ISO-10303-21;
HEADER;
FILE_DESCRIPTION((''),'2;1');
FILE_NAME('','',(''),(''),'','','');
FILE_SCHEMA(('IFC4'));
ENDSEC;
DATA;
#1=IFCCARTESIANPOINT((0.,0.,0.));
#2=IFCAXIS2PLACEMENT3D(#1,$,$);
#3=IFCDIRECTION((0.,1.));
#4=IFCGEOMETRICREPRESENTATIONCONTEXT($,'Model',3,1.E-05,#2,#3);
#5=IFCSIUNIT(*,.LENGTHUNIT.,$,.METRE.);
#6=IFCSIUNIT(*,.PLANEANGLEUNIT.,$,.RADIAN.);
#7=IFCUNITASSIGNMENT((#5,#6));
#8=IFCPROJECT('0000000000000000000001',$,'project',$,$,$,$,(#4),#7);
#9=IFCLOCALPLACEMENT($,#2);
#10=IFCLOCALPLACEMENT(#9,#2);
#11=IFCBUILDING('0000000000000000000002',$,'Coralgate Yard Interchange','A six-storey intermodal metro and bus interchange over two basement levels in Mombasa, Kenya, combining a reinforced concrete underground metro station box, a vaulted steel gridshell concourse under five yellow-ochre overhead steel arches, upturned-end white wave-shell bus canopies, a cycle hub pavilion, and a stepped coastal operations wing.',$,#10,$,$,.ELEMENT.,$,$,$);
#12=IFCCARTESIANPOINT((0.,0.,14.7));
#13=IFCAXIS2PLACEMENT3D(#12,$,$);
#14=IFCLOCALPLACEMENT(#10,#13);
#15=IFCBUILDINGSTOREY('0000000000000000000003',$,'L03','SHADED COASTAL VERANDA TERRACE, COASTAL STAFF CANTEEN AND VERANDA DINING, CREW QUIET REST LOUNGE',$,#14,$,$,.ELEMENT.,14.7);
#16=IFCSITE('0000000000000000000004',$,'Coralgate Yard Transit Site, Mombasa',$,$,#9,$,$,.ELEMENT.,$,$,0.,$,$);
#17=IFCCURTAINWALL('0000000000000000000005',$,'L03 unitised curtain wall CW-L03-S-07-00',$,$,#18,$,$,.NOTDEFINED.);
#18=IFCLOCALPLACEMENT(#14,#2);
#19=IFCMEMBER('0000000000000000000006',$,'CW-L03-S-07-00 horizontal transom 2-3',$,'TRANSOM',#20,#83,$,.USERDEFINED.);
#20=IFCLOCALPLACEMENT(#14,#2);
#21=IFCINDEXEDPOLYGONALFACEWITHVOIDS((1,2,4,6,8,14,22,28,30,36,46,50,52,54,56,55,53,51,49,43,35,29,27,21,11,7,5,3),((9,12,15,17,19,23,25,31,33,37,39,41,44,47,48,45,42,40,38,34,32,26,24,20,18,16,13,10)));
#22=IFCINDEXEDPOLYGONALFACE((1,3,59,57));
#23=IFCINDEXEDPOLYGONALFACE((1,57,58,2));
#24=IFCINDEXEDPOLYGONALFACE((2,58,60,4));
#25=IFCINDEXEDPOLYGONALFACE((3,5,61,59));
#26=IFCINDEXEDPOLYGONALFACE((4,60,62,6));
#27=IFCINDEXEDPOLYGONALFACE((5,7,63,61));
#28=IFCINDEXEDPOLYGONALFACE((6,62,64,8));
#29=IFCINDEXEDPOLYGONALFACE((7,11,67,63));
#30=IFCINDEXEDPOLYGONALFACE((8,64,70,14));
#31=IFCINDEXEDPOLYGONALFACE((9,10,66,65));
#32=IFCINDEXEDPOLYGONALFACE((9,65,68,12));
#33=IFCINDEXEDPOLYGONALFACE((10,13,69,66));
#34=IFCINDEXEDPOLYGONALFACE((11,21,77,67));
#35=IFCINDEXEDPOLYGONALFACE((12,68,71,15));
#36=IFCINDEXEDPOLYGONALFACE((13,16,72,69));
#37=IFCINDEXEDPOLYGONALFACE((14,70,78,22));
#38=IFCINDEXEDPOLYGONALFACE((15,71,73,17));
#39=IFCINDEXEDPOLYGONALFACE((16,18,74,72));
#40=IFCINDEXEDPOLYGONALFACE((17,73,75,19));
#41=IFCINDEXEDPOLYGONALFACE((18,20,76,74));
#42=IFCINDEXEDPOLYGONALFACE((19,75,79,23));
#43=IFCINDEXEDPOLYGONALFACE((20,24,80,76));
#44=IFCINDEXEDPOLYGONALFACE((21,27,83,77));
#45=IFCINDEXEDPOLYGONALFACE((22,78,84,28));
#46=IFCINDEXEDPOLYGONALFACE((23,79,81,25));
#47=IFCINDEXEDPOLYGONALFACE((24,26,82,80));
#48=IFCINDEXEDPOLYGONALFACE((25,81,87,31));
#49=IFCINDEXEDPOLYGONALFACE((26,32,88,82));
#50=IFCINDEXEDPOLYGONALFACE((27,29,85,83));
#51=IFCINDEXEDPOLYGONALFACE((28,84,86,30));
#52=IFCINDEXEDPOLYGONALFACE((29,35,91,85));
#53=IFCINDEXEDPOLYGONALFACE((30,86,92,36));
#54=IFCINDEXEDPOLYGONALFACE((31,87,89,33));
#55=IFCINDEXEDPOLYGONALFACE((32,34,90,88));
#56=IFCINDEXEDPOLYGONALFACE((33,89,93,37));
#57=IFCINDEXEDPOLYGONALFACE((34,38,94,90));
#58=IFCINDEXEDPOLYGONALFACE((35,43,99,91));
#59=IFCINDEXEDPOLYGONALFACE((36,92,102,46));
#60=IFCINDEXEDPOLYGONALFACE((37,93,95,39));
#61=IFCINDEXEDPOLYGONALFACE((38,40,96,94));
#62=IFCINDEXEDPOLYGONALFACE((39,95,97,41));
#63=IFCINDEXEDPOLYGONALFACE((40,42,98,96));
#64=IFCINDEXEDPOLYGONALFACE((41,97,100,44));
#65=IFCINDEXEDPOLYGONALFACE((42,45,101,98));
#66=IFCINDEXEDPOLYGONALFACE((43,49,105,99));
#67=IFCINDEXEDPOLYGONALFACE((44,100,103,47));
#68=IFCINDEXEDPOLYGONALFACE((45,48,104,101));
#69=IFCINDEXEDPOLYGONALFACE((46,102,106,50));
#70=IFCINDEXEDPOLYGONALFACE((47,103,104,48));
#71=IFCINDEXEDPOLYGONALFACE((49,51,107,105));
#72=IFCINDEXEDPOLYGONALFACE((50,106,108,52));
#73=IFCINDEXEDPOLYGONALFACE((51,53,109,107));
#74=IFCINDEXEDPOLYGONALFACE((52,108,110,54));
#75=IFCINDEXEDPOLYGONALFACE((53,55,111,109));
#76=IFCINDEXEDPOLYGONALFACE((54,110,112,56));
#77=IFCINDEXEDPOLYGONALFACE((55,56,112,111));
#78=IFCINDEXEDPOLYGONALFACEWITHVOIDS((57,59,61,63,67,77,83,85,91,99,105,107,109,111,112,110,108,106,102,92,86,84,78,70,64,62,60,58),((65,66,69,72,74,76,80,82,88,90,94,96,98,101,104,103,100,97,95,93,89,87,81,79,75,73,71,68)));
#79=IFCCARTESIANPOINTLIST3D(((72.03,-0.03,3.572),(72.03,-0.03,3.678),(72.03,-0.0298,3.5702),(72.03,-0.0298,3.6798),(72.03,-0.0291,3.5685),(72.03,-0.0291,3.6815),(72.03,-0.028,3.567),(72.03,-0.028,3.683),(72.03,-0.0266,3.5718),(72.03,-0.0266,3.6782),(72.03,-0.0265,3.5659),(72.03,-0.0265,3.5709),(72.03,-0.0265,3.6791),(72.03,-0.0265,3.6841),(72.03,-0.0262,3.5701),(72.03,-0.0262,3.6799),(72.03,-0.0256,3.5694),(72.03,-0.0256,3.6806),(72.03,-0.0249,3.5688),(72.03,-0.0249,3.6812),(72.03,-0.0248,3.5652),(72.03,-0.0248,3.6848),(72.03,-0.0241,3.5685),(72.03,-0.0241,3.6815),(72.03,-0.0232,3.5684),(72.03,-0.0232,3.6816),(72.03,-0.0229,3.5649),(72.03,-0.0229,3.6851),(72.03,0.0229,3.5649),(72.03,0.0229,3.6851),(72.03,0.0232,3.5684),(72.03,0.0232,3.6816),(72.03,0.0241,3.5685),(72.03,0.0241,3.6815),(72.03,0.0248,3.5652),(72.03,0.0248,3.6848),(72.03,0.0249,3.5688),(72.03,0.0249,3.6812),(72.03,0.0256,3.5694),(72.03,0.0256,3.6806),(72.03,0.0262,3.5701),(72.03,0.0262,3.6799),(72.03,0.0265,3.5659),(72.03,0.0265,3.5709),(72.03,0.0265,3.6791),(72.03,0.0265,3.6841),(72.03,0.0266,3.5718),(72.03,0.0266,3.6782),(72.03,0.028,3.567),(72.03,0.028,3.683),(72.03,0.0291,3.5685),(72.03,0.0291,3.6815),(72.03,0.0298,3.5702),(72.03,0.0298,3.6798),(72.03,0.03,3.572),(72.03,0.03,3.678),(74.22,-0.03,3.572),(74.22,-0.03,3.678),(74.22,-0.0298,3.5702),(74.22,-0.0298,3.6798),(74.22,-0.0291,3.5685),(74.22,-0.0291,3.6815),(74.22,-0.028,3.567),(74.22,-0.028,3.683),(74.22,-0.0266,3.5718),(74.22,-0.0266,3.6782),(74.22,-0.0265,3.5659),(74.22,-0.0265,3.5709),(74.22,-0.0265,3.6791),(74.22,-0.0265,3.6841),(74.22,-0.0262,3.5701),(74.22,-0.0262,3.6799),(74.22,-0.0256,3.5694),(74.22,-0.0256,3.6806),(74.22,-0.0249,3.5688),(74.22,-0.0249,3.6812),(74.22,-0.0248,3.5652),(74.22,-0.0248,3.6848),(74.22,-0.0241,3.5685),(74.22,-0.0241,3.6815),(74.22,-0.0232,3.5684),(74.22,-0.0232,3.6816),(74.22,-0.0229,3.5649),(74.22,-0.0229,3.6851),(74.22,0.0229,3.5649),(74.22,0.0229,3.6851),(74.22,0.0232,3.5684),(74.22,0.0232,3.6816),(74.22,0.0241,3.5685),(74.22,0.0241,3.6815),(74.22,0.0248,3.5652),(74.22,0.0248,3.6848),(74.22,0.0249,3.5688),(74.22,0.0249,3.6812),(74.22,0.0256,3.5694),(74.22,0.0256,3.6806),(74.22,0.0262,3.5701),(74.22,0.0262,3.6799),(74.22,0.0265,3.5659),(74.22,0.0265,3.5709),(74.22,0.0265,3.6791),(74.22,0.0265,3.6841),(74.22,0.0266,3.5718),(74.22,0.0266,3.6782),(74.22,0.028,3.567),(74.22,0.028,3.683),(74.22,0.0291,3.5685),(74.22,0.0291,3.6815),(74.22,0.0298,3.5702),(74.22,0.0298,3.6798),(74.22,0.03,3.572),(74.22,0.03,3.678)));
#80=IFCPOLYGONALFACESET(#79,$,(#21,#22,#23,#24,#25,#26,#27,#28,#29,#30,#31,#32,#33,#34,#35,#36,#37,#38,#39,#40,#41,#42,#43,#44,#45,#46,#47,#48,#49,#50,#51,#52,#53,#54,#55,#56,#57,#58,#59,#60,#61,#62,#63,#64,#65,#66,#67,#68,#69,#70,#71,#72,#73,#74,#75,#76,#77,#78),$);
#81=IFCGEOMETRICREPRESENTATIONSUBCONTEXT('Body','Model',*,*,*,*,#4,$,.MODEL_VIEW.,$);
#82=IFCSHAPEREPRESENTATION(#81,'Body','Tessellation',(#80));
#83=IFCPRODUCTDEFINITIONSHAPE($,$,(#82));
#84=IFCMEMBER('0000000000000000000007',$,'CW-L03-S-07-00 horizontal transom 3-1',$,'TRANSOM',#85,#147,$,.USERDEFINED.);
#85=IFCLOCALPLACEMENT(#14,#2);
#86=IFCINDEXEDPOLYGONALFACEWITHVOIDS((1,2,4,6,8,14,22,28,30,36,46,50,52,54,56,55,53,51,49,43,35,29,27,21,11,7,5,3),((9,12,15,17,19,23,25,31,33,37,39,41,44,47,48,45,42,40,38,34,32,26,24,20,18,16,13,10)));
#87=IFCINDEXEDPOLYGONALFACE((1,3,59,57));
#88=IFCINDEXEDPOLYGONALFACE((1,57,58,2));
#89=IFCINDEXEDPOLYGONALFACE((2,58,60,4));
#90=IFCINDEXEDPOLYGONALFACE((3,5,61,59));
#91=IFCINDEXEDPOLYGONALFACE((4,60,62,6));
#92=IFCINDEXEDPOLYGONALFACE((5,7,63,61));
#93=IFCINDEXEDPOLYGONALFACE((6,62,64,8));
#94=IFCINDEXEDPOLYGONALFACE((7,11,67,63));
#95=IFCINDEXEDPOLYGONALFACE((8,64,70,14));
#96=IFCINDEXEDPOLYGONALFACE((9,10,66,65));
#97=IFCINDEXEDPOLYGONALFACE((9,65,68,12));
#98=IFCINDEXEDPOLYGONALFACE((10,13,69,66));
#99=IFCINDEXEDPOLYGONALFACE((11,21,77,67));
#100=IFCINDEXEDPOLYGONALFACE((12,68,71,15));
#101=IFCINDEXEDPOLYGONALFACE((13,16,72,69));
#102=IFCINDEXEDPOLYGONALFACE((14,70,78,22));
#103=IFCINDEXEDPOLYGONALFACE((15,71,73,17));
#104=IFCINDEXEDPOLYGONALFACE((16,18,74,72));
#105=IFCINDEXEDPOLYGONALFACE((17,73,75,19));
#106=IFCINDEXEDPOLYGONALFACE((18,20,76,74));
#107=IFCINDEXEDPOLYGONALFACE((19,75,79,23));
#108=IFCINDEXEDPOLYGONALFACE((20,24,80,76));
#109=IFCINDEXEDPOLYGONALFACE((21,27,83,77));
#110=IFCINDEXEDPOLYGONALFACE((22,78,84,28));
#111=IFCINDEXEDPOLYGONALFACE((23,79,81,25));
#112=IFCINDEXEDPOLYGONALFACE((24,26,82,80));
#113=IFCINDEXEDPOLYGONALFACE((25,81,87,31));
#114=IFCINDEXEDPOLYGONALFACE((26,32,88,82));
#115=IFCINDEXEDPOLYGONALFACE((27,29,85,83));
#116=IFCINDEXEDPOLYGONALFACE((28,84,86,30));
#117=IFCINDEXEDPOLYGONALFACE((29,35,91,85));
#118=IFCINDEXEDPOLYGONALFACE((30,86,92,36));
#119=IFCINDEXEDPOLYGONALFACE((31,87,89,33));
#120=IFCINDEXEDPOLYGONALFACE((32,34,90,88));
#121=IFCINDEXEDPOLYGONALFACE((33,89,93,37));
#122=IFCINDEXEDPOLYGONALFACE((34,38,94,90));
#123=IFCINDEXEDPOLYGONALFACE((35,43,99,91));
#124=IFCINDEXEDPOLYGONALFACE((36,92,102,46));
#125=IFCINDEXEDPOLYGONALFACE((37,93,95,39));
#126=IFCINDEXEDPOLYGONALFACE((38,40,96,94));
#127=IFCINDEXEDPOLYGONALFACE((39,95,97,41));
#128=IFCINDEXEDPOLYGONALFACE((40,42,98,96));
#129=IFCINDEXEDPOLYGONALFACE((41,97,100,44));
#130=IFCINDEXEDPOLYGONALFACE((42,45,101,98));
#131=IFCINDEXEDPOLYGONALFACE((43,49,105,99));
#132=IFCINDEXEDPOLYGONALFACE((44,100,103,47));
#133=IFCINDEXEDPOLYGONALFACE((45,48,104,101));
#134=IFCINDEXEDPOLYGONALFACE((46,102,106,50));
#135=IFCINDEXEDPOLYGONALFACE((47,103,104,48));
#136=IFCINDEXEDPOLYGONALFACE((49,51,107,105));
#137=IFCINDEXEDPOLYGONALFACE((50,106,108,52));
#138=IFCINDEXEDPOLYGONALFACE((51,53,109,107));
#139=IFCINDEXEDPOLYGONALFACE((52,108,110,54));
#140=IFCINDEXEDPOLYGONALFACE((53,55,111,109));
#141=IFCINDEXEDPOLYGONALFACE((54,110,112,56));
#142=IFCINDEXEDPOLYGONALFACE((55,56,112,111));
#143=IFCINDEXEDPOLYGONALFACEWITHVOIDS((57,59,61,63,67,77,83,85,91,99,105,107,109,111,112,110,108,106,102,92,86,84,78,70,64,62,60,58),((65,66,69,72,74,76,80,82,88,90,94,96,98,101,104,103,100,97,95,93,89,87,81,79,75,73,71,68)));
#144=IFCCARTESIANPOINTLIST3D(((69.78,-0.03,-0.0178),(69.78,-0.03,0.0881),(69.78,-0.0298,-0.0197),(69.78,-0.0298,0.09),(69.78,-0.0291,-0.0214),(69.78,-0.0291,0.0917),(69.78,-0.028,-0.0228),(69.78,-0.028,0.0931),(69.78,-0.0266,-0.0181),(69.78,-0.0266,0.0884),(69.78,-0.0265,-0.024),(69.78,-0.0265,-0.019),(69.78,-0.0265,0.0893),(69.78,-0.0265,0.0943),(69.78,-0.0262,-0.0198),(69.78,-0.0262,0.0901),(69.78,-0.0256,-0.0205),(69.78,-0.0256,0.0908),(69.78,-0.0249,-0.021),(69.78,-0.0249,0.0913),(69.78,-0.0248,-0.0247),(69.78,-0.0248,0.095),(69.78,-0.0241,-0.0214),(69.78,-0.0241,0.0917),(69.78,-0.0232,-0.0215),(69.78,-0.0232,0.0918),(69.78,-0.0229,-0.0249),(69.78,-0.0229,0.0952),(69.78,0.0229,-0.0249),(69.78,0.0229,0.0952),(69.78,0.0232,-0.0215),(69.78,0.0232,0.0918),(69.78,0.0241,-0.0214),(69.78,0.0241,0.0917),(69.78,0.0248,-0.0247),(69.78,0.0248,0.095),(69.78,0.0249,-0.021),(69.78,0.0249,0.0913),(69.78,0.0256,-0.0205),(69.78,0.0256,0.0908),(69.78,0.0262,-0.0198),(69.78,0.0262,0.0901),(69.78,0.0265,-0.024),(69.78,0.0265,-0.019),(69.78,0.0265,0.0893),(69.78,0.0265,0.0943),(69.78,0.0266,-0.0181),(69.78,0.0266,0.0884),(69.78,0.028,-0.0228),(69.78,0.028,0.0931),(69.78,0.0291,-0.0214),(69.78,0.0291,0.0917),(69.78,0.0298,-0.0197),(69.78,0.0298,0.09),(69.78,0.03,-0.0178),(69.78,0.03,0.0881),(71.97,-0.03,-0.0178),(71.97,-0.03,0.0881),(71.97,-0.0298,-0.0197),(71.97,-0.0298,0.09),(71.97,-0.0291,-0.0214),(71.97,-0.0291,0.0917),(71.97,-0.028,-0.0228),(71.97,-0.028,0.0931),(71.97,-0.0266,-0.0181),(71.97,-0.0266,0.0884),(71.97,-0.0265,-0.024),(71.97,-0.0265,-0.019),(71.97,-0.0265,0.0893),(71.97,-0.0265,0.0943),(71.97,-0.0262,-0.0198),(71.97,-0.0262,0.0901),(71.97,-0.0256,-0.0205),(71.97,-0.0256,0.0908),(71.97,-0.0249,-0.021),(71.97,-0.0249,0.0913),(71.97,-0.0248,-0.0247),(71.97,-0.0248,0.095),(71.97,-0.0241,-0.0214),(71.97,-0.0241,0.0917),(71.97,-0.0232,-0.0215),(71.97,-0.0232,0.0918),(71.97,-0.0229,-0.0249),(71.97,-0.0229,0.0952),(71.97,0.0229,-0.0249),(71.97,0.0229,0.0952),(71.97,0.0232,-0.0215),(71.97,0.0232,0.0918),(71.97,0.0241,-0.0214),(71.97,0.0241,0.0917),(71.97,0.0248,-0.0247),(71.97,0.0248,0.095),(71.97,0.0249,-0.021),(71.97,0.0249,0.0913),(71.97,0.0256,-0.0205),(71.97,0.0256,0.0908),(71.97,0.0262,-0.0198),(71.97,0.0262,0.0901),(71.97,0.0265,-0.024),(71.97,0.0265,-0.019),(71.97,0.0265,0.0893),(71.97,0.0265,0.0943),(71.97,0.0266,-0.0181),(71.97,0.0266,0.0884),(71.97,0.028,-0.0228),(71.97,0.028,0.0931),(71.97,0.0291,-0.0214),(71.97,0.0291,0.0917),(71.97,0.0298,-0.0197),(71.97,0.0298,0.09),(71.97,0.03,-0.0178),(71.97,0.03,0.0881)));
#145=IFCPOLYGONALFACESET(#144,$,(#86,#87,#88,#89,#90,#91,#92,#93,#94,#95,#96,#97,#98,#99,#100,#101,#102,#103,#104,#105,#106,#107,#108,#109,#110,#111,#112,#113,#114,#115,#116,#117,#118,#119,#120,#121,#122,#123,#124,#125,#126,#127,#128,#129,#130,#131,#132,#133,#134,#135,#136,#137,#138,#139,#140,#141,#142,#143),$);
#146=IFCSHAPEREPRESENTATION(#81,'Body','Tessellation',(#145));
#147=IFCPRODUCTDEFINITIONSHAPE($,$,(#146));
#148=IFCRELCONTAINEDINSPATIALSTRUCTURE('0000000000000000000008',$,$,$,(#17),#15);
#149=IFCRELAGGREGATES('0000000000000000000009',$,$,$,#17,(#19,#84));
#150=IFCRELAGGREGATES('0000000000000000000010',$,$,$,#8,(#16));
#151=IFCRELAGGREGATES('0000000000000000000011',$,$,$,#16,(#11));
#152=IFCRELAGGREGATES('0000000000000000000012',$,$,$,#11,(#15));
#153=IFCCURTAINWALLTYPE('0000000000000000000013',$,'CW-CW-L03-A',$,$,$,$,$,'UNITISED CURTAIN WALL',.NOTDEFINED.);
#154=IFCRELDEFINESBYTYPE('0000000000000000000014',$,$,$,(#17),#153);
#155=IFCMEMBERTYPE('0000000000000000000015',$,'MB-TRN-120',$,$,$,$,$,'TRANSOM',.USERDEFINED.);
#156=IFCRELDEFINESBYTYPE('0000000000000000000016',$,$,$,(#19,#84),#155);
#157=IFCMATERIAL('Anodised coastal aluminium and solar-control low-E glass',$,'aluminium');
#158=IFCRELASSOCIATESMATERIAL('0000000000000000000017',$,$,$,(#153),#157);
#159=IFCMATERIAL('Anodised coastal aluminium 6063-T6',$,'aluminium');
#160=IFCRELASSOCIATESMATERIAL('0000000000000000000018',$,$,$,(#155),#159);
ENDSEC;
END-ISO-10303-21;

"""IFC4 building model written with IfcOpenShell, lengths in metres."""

from ifc_helpers import new_model, si_unit, direction, frame, origin, origin_2d, place, context, subcontext, project, spatial, hollow_rectangle, extrude, material, material_profile, profile_set, type_object, element, aggregate, save


model = new_model("IFC4")

# Units and contexts
model_context = context("Model", 3, precision=1e-05, world=origin(), true_north=direction((0.0, 1.0)))
body_context = subcontext(model_context, "Body", "Model", "MODEL_VIEW")
ifc_project = project(units=[si_unit("LENGTHUNIT", "METRE"), si_unit("PLANEANGLEUNIT", "RADIAN")], contexts=[model_context])

# Site, building, storey
site_placement = place(None, origin())
site = spatial("IfcSite", under=ifc_project, at=site_placement, Name="Coralgate Yard Transit Site, Mombasa", CompositionType="ELEMENT", RefElevation=0.0)
building_placement = place(site_placement, origin())
building = spatial("IfcBuilding", under=site, at=building_placement, Name="Coralgate Yard Interchange", Description="A six-storey intermodal metro and bus interchange over two basement levels in Mombasa, Kenya, combining a reinforced concrete underground metro station box, a vaulted steel gridshell concourse under five yellow-ochre overhead steel arches, upturned-end white wave-shell bus canopies, a cycle hub pavilion, and a stepped coastal operations wing.", CompositionType="ELEMENT")
storey_placement = place(building_placement, frame((0.0, 0.0, 14.7)))
storey = spatial("IfcBuildingStorey", under=building, at=storey_placement, Name="L03", Description="SHADED COASTAL VERANDA TERRACE, COASTAL STAFF CANTEEN AND VERANDA DINING, CREW QUIET REST LOUNGE", CompositionType="ELEMENT", Elevation=14.7)

# Curtain wall, members
ifc_material_1 = material(Name="Anodised coastal aluminium and solar-control low-E glass", Category="aluminium")
curtain_wall_type = type_object("IfcCurtainWallType", Name="CW-CW-L03-A", ElementType="UNITISED CURTAIN WALL", PredefinedType="NOTDEFINED", material=ifc_material_1)
curtain_wall_placement = place(storey_placement, origin())
curtain_wall = element("IfcCurtainWall", 1, at=curtain_wall_placement, inside=storey, type_object=curtain_wall_type, Name="L03 unitised curtain wall CW-L03-S-07-00", PredefinedType="NOTDEFINED")
ifc_material_2 = material(Name="Anodised coastal aluminium 6063-T6", Category="aluminium")
ifc_material_profile_1 = material_profile(ifc_material_2, hollow_rectangle(XDim=0.0601, YDim=0.1201, WallThickness=0.0034, InnerFilletRadius=0.0034, OuterFilletRadius=0.0071, at=origin_2d()), Name="ALU 60x120x3.5")
ifc_profile_set_1 = profile_set([ifc_material_profile_1], Name="Anodised coastal aluminium 6063-T6")
member_type_1 = type_object("IfcMemberType", Name="MB-TRN-120", ElementType="TRANSOM", PredefinedType="USERDEFINED", material=ifc_profile_set_1)
member_1_placement = place(storey_placement, frame((74.22, 0.0, 3.625), z_axis=(-1.0, 0.0, 0.0), x_axis=(0.0, -1.0, 0.0)))
member_1 = element("IfcMember", 2, at=member_1_placement, type_object=member_type_1, Name="CW-L03-S-07-00 horizontal transom 2-3", ObjectType="TRANSOM", PredefinedType="USERDEFINED", context=body_context, shape_type="SweptSolid", body=[
    extrude(hollow_rectangle(XDim=0.0601, YDim=0.1201, WallThickness=0.0034, InnerFilletRadius=0.0034, OuterFilletRadius=0.0071, at=origin_2d()), origin(), (0.0, 0.0, 1.0), 2.1899),
])
member_2_placement = place(storey_placement, frame((71.97, 0.0, 0.0352), z_axis=(-1.0, 0.0, 0.0), x_axis=(0.0, -1.0, 0.0)))
member_2 = element("IfcMember", 3, at=member_2_placement, type_object=member_type_1, Name="CW-L03-S-07-00 horizontal transom 3-1", ObjectType="TRANSOM", PredefinedType="USERDEFINED", context=body_context, shape_type="SweptSolid", body=[
    extrude(hollow_rectangle(XDim=0.0601, YDim=0.1201, WallThickness=0.0034, InnerFilletRadius=0.0034, OuterFilletRadius=0.0071, at=origin_2d()), origin(), (0.0, 0.0, 1.0), 2.1899),
])
aggregate(curtain_wall, [member_1, member_2])

save(model, "model.ifc")
